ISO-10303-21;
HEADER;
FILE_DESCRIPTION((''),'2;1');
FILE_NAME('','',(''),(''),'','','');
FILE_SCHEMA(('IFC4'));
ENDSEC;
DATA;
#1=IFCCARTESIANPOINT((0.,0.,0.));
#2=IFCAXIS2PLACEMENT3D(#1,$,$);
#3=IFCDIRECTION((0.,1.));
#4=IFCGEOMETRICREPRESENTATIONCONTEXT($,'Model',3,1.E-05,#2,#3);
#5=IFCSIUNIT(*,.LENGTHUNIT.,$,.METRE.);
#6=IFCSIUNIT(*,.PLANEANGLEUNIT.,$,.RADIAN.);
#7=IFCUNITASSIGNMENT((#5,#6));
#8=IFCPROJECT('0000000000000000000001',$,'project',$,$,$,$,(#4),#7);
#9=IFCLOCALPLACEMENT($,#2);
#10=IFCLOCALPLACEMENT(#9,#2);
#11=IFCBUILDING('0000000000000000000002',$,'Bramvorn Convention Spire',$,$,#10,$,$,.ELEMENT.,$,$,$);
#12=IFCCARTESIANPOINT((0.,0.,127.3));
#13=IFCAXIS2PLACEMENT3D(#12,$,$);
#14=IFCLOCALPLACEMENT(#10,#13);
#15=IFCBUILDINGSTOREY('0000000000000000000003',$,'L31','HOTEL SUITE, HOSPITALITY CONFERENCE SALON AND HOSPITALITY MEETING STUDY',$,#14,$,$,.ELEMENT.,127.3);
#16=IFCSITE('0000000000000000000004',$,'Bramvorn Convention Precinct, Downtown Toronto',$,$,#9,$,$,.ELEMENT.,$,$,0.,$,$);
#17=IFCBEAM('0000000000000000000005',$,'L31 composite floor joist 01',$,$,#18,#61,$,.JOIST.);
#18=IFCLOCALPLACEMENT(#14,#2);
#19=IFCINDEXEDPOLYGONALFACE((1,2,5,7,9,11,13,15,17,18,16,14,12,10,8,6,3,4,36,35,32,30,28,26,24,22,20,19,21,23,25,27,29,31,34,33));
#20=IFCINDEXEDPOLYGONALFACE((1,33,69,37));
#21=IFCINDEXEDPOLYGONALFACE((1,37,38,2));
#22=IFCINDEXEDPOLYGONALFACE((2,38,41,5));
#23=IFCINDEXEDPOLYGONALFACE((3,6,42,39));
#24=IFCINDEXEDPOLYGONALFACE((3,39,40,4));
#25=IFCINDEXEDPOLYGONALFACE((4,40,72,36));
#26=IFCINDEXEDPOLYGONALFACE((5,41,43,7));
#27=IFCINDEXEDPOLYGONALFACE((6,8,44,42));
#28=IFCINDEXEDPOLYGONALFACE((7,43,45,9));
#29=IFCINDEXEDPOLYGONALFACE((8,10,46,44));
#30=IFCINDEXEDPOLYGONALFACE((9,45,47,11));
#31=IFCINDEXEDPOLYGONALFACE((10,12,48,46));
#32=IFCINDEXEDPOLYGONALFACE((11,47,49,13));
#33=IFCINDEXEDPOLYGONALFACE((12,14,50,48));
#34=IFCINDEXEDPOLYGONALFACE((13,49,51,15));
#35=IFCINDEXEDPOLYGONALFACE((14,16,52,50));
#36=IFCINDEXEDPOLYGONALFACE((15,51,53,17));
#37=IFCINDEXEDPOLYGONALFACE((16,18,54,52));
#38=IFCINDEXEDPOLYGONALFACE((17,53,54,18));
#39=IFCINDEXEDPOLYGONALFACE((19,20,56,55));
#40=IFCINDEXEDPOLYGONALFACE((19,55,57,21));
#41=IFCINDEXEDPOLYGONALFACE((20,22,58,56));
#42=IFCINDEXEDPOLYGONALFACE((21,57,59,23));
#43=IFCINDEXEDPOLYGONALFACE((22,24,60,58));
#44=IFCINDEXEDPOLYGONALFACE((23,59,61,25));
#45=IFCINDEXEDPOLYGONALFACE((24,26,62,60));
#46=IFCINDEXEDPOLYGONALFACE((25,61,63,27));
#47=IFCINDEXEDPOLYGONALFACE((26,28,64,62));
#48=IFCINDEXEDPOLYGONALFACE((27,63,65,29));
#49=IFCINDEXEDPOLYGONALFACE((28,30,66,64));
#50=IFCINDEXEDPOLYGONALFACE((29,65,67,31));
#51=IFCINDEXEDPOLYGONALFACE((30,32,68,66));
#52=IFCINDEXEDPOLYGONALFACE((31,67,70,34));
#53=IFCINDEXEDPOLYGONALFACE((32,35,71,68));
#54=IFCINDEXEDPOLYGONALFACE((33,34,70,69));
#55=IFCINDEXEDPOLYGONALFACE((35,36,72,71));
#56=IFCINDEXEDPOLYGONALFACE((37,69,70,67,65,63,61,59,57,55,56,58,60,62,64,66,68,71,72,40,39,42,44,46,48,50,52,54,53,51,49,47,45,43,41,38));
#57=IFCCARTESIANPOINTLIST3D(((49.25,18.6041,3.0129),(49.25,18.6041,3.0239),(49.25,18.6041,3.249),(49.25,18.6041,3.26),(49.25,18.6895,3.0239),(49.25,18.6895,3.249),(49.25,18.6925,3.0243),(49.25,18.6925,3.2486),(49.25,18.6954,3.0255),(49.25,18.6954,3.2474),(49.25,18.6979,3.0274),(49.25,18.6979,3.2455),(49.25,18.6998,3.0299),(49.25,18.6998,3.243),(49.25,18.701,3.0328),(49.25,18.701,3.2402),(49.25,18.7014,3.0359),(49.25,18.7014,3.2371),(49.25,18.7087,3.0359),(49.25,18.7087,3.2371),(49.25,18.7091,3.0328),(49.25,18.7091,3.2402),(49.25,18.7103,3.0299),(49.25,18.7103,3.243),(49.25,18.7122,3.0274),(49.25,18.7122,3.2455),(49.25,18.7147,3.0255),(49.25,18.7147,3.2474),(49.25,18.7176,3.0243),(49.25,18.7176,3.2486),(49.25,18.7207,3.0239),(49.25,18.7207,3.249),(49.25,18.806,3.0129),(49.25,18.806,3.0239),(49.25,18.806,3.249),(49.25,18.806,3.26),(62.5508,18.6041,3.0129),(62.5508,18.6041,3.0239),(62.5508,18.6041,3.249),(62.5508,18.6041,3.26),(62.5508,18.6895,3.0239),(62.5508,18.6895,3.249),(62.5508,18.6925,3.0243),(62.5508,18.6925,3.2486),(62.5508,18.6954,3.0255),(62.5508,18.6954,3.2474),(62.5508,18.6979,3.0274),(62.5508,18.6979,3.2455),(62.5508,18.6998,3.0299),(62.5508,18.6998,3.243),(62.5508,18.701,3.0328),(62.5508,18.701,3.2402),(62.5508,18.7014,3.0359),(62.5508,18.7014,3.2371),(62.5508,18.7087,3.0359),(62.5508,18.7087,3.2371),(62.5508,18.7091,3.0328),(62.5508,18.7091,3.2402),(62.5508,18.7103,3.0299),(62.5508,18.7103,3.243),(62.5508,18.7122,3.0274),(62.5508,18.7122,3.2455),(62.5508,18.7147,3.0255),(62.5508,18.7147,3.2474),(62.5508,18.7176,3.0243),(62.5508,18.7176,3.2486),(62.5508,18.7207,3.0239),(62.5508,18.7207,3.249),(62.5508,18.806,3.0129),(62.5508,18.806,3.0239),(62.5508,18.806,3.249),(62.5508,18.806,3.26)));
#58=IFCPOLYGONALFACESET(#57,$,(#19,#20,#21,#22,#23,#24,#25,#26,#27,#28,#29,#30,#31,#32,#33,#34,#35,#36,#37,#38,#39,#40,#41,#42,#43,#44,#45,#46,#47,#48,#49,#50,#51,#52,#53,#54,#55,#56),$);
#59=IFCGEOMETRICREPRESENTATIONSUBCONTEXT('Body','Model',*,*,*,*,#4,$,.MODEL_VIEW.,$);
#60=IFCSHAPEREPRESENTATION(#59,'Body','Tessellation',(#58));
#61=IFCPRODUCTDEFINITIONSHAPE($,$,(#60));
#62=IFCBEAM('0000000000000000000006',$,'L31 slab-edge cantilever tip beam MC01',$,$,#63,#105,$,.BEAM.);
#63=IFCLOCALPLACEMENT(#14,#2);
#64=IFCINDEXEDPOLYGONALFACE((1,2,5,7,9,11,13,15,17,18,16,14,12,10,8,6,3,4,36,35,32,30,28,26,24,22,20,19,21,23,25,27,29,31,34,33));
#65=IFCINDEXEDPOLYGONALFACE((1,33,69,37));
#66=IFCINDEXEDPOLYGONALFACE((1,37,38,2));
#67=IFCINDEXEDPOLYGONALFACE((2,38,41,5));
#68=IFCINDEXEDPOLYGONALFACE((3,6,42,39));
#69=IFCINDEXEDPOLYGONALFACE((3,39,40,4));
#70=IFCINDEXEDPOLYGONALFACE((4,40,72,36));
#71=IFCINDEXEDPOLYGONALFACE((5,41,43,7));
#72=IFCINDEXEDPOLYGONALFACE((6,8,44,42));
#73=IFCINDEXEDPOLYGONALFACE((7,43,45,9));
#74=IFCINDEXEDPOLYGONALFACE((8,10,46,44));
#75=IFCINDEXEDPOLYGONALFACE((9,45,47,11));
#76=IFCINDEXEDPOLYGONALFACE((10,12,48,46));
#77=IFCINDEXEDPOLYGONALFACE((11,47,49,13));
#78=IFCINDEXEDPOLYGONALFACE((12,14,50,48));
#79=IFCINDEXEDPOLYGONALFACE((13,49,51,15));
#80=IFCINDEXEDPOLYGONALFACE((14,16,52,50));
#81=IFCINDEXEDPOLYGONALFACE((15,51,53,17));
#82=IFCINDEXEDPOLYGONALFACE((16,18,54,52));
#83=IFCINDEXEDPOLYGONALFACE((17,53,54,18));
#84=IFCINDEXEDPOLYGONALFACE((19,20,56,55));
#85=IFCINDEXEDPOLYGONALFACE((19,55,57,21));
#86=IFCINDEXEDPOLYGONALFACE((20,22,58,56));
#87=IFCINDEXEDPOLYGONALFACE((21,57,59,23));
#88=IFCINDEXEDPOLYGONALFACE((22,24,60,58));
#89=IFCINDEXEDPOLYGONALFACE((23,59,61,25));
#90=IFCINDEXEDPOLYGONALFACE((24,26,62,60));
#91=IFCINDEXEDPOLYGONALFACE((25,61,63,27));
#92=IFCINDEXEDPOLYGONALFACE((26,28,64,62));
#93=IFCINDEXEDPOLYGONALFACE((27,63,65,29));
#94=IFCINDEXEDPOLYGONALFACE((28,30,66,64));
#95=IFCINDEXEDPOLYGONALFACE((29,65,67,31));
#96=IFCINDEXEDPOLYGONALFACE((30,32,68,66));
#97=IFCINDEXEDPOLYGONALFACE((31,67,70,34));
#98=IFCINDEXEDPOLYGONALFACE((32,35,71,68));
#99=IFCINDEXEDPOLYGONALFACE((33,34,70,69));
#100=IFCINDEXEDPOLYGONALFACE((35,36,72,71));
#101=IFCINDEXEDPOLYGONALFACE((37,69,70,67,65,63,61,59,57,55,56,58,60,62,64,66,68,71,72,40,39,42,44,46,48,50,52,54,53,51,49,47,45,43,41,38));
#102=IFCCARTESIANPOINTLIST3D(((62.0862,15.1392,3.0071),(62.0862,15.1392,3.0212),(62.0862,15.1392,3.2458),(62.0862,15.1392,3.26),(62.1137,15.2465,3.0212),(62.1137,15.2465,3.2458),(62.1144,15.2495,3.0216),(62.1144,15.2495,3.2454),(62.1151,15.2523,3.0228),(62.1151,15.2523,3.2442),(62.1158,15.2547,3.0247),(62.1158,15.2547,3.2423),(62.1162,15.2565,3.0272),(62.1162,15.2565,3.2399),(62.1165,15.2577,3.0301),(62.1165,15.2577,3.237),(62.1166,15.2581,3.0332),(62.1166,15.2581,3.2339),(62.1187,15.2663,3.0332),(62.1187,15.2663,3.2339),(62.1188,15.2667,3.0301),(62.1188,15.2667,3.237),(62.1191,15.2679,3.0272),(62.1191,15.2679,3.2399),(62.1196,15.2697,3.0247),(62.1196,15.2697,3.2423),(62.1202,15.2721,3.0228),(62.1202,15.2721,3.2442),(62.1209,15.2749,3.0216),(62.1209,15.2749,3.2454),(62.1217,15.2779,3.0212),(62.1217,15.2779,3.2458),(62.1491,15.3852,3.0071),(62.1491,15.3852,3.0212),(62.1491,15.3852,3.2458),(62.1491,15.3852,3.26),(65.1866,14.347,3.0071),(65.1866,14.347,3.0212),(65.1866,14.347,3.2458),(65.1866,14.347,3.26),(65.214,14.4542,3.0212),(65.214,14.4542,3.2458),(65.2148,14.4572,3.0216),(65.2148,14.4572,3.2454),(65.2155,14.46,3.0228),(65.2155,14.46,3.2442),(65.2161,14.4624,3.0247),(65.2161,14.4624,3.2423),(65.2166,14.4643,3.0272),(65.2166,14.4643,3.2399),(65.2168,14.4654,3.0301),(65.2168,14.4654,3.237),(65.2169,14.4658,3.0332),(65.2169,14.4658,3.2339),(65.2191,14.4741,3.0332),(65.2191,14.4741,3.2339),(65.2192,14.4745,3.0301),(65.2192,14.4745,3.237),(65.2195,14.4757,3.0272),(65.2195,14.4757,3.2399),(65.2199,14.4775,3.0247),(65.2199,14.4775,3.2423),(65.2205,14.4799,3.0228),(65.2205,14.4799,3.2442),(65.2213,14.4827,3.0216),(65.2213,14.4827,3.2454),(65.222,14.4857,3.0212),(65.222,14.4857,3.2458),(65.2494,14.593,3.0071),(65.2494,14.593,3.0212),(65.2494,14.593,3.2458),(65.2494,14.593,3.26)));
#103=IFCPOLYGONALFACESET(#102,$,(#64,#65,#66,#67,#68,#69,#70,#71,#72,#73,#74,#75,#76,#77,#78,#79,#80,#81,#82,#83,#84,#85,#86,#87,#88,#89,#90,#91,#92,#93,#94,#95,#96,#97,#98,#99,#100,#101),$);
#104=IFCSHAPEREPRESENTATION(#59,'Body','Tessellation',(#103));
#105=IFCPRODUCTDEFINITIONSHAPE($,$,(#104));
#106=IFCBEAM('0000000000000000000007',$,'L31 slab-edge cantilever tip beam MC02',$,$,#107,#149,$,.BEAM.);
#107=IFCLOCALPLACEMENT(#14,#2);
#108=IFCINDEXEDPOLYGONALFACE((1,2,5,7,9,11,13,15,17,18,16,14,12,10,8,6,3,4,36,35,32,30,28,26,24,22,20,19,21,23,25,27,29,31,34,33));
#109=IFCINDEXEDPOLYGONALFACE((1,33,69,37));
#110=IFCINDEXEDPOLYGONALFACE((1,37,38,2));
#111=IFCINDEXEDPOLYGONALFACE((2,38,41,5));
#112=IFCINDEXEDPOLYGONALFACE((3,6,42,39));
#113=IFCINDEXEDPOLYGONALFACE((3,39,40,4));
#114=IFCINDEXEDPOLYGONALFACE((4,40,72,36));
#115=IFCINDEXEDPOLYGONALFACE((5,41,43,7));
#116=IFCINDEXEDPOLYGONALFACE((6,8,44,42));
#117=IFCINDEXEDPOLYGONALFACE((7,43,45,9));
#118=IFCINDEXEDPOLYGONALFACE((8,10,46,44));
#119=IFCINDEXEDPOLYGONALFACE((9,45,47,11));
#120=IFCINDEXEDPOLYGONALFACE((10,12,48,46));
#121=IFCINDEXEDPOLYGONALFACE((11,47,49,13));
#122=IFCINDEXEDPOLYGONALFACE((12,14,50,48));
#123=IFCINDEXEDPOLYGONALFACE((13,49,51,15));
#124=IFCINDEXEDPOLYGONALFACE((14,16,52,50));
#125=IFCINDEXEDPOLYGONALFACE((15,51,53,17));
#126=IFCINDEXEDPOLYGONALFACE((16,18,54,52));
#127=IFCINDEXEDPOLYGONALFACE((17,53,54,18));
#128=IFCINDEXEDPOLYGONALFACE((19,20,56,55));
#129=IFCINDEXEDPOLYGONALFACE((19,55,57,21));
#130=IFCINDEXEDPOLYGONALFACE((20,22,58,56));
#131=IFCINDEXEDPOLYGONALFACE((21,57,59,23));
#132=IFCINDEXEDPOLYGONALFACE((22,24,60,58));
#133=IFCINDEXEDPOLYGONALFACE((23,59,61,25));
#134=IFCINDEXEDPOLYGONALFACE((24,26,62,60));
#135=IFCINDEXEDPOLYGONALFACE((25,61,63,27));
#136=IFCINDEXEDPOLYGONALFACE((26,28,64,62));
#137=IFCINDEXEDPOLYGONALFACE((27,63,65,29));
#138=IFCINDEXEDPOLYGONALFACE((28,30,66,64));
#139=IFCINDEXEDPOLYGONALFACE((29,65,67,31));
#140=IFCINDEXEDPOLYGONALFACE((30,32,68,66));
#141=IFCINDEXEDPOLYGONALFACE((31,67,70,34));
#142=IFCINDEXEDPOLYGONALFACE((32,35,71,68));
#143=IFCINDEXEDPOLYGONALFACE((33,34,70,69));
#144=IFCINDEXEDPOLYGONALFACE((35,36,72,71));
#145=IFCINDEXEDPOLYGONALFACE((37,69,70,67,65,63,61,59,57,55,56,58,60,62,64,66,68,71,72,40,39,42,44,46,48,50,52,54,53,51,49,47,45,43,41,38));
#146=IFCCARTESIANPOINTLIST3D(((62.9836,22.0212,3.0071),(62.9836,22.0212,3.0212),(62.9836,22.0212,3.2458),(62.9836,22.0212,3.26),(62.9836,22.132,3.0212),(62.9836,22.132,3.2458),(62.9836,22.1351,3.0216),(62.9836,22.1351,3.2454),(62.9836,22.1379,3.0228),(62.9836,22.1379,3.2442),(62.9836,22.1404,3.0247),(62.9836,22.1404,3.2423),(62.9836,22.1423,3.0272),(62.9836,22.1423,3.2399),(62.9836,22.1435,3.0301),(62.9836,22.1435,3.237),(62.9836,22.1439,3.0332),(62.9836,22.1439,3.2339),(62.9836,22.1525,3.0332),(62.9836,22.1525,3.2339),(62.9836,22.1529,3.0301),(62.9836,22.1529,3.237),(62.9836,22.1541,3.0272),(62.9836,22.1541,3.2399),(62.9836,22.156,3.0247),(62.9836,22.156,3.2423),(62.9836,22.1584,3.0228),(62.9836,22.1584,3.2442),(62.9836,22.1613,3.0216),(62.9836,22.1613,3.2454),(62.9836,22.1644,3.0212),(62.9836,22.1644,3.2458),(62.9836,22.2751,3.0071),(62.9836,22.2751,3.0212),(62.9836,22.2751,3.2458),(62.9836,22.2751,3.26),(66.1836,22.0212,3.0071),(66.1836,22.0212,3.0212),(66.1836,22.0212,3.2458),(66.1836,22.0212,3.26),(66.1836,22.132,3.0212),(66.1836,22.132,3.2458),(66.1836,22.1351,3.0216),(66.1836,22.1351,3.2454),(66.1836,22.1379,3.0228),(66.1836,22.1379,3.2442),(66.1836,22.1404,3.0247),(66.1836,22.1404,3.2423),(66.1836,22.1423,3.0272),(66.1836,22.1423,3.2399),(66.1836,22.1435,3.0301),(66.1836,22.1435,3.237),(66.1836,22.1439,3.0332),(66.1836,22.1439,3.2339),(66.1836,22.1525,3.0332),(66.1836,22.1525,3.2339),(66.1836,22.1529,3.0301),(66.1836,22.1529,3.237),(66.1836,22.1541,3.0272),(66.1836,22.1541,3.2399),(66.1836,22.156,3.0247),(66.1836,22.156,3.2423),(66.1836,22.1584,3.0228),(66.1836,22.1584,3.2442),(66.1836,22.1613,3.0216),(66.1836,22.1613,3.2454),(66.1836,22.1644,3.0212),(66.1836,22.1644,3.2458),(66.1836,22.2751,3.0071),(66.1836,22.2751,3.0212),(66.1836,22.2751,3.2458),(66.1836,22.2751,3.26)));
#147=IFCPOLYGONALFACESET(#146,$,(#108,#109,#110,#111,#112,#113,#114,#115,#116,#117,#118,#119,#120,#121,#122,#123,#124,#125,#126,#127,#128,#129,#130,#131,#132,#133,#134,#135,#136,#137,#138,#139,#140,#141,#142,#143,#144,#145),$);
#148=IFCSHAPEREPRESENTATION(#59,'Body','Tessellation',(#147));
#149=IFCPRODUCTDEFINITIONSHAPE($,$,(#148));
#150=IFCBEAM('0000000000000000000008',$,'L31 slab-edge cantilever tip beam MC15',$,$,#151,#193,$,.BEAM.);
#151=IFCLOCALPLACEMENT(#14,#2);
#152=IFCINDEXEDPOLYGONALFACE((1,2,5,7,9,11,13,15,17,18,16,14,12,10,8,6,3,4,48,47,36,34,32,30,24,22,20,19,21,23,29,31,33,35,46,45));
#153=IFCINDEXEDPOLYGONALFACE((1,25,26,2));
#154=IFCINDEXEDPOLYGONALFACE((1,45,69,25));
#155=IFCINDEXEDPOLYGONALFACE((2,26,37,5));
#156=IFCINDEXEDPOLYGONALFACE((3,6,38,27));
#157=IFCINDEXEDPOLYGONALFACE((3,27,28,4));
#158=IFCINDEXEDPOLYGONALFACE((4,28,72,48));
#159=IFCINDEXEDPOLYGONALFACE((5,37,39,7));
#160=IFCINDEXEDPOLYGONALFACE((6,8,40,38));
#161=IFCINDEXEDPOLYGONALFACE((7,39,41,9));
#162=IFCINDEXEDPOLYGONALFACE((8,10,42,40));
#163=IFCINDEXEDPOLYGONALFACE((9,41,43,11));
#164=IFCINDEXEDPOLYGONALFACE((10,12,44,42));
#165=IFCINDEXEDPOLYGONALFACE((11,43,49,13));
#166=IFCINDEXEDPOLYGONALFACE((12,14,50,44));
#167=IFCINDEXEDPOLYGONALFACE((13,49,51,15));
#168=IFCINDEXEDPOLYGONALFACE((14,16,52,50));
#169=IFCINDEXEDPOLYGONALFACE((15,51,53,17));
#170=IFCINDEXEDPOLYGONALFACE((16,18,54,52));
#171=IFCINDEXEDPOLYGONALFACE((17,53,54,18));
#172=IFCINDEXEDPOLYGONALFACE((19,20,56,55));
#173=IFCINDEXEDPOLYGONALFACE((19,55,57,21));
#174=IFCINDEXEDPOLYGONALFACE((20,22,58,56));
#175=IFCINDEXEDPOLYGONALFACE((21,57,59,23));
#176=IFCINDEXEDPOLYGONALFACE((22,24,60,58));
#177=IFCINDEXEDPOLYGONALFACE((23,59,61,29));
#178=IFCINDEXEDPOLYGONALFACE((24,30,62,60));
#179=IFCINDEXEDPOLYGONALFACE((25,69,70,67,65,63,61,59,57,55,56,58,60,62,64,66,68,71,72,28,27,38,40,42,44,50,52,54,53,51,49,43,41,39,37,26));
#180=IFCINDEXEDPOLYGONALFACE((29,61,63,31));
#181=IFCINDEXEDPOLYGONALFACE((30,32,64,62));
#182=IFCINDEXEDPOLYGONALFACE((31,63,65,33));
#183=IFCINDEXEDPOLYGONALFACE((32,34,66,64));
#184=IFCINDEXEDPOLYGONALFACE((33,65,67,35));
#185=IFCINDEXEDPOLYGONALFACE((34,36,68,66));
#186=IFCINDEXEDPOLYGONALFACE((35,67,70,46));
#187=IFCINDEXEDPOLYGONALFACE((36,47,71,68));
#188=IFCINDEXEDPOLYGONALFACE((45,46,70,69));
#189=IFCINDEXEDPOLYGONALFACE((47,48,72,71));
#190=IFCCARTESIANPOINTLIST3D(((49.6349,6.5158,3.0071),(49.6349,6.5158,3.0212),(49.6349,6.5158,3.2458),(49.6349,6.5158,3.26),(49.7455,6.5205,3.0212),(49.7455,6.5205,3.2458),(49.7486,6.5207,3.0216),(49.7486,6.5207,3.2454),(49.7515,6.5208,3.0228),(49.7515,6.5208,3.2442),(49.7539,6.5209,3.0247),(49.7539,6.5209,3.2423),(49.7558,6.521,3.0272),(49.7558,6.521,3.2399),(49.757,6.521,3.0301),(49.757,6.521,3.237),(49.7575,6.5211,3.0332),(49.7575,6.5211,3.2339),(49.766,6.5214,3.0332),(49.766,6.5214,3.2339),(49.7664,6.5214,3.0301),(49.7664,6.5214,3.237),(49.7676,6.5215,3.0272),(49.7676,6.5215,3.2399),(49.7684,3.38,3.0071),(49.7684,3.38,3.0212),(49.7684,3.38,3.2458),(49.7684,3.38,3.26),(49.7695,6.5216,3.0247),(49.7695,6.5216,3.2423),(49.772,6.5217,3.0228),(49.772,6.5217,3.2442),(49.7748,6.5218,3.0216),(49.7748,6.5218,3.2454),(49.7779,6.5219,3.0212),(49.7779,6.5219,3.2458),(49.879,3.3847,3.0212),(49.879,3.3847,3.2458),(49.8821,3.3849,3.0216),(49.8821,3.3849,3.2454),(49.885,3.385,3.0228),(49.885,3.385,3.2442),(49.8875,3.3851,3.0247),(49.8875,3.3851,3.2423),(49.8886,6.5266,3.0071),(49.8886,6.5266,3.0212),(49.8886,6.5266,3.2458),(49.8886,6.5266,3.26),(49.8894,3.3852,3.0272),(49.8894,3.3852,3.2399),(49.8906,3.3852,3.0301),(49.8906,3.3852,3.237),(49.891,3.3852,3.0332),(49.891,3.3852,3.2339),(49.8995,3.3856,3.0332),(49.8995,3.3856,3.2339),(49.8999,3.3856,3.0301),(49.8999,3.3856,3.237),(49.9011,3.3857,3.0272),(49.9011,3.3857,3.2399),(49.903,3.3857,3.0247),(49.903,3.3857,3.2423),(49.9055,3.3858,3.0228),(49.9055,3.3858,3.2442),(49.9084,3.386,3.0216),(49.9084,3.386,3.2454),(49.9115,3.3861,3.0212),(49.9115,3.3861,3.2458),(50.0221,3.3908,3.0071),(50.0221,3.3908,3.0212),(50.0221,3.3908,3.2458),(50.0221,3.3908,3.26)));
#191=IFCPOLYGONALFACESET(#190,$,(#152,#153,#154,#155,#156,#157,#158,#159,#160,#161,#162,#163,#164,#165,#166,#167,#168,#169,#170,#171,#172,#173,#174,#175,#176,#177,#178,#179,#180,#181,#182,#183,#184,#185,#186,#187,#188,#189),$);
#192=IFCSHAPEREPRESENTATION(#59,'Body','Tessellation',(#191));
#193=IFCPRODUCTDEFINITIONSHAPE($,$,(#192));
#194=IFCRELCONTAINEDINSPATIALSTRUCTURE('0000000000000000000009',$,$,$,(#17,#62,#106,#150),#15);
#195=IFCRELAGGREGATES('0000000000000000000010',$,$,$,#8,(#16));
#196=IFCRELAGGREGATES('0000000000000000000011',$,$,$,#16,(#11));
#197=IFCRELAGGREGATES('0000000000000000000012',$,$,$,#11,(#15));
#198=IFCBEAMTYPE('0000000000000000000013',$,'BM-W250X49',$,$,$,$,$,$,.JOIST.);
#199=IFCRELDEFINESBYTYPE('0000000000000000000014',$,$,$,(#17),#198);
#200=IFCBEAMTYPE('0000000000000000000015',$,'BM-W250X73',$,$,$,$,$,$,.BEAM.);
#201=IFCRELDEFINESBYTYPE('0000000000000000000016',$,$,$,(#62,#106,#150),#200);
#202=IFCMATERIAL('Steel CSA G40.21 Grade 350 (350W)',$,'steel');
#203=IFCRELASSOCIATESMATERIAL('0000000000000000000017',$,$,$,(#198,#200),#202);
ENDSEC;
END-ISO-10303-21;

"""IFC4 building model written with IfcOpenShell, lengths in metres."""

from ifc_helpers import new_model, si_unit, direction, frame, origin, origin_2d, place, context, subcontext, project, spatial, i_section, extrude, material, material_profile, profile_set, type_object, element, save


model = new_model("IFC4")

# Units and contexts
model_context = context("Model", 3, precision=1e-05, world=origin(), true_north=direction((0.0, 1.0)))
body_context = subcontext(model_context, "Body", "Model", "MODEL_VIEW")
ifc_project = project(units=[si_unit("LENGTHUNIT", "METRE"), si_unit("PLANEANGLEUNIT", "RADIAN")], contexts=[model_context])

# Site, building, storey
site_placement = place(None, origin())
site = spatial("IfcSite", under=ifc_project, at=site_placement, Name="Bramvorn Convention Precinct, Downtown Toronto", CompositionType="ELEMENT", RefElevation=0.0)
building_placement = place(site_placement, origin())
building = spatial("IfcBuilding", under=site, at=building_placement, Name="Bramvorn Convention Spire", CompositionType="ELEMENT")
storey_placement = place(building_placement, frame((0.0, 0.0, 127.3)))
storey = spatial("IfcBuildingStorey", under=building, at=storey_placement, Name="L31", Description="HOTEL SUITE, HOSPITALITY CONFERENCE SALON AND HOSPITALITY MEETING STUDY", CompositionType="ELEMENT", Elevation=127.3)

# Shared definitions
ifc_material_1 = material(Name="Steel CSA G40.21 Grade 350 (350W)", Category="steel")

# Beams
ifc_material_profile_1 = material_profile(ifc_material_1, i_section(OverallWidth=0.2019, OverallDepth=0.2471, WebThickness=0.0073, FlangeThickness=0.011, FilletRadius=0.012, at=origin_2d()))
ifc_profile_set_1 = profile_set([ifc_material_profile_1], Name="Steel CSA G40.21 Grade 350 (350W) - W250X49")
beam_type_1 = type_object("IfcBeamType", Name="BM-W250X49", PredefinedType="JOIST", material=ifc_profile_set_1)
beam_1_placement = place(storey_placement, frame((49.25, 18.7051, 3.1365), z_axis=(1.0, 0.0, 0.0), x_axis=(0.0, 1.0, 0.0)))
element("IfcBeam", 1, at=beam_1_placement, inside=storey, type_object=beam_type_1, Name="L31 composite floor joist 01", PredefinedType="JOIST", context=body_context, shape_type="SweptSolid", body=[
    extrude(i_section(OverallWidth=0.2019, OverallDepth=0.2471, WebThickness=0.0073, FlangeThickness=0.011, FilletRadius=0.012, at=origin_2d()), origin(), (0.0, 0.0, 1.0), 13.3008),
])
ifc_material_profile_2 = material_profile(ifc_material_1, i_section(OverallWidth=0.2539, OverallDepth=0.2529, WebThickness=0.0085, FlangeThickness=0.0142, FilletRadius=0.012, at=origin_2d()))
ifc_profile_set_2 = profile_set([ifc_material_profile_2], Name="Steel CSA G40.21 Grade 350 (350W) - W250X73")
beam_type_2 = type_object("IfcBeamType", Name="BM-W250X73", PredefinedType="BEAM", material=ifc_profile_set_2)
for number, where, z_axis, x_axis, name in (
    (2, (62.1177, 15.2622, 3.1335), (0.968868, -0.247577, 0.0), (0.247577, 0.968868, 0.0), "L31 slab-edge cantilever tip beam MC01"),
    (3, (62.9836, 22.1482, 3.1335), (1.0, 0.0, 0.0), (0.0, 1.0, 0.0), "L31 slab-edge cantilever tip beam MC02"),
):
    element("IfcBeam", number, at=place(storey_placement, frame(where, z_axis=z_axis, x_axis=x_axis)), inside=storey, type_object=beam_type_2, Name=name, PredefinedType="BEAM", context=body_context, shape_type="SweptSolid", body=[
        extrude(i_section(OverallWidth=0.2539, OverallDepth=0.2529, WebThickness=0.0085, FlangeThickness=0.0142, FilletRadius=0.012, at=origin_2d()), origin(), (0.0, 0.0, 1.0), 3.2),
    ])
beam_2_placement = place(storey_placement, frame((49.7617, 6.5212, 3.1335), z_axis=(0.042549, -0.999094, 0.0), x_axis=(0.999094, 0.042549, 0.0)))
element("IfcBeam", 4, at=beam_2_placement, inside=storey, type_object=beam_type_2, Name="L31 slab-edge cantilever tip beam MC15", PredefinedType="BEAM", context=body_context, shape_type="SweptSolid", body=[
    extrude(i_section(OverallWidth=0.2539, OverallDepth=0.2529, WebThickness=0.0085, FlangeThickness=0.0142, FilletRadius=0.012, at=origin_2d()), origin(), (0.0, 0.0, 1.0), 3.1387),
])

save(model, "model.ifc")
